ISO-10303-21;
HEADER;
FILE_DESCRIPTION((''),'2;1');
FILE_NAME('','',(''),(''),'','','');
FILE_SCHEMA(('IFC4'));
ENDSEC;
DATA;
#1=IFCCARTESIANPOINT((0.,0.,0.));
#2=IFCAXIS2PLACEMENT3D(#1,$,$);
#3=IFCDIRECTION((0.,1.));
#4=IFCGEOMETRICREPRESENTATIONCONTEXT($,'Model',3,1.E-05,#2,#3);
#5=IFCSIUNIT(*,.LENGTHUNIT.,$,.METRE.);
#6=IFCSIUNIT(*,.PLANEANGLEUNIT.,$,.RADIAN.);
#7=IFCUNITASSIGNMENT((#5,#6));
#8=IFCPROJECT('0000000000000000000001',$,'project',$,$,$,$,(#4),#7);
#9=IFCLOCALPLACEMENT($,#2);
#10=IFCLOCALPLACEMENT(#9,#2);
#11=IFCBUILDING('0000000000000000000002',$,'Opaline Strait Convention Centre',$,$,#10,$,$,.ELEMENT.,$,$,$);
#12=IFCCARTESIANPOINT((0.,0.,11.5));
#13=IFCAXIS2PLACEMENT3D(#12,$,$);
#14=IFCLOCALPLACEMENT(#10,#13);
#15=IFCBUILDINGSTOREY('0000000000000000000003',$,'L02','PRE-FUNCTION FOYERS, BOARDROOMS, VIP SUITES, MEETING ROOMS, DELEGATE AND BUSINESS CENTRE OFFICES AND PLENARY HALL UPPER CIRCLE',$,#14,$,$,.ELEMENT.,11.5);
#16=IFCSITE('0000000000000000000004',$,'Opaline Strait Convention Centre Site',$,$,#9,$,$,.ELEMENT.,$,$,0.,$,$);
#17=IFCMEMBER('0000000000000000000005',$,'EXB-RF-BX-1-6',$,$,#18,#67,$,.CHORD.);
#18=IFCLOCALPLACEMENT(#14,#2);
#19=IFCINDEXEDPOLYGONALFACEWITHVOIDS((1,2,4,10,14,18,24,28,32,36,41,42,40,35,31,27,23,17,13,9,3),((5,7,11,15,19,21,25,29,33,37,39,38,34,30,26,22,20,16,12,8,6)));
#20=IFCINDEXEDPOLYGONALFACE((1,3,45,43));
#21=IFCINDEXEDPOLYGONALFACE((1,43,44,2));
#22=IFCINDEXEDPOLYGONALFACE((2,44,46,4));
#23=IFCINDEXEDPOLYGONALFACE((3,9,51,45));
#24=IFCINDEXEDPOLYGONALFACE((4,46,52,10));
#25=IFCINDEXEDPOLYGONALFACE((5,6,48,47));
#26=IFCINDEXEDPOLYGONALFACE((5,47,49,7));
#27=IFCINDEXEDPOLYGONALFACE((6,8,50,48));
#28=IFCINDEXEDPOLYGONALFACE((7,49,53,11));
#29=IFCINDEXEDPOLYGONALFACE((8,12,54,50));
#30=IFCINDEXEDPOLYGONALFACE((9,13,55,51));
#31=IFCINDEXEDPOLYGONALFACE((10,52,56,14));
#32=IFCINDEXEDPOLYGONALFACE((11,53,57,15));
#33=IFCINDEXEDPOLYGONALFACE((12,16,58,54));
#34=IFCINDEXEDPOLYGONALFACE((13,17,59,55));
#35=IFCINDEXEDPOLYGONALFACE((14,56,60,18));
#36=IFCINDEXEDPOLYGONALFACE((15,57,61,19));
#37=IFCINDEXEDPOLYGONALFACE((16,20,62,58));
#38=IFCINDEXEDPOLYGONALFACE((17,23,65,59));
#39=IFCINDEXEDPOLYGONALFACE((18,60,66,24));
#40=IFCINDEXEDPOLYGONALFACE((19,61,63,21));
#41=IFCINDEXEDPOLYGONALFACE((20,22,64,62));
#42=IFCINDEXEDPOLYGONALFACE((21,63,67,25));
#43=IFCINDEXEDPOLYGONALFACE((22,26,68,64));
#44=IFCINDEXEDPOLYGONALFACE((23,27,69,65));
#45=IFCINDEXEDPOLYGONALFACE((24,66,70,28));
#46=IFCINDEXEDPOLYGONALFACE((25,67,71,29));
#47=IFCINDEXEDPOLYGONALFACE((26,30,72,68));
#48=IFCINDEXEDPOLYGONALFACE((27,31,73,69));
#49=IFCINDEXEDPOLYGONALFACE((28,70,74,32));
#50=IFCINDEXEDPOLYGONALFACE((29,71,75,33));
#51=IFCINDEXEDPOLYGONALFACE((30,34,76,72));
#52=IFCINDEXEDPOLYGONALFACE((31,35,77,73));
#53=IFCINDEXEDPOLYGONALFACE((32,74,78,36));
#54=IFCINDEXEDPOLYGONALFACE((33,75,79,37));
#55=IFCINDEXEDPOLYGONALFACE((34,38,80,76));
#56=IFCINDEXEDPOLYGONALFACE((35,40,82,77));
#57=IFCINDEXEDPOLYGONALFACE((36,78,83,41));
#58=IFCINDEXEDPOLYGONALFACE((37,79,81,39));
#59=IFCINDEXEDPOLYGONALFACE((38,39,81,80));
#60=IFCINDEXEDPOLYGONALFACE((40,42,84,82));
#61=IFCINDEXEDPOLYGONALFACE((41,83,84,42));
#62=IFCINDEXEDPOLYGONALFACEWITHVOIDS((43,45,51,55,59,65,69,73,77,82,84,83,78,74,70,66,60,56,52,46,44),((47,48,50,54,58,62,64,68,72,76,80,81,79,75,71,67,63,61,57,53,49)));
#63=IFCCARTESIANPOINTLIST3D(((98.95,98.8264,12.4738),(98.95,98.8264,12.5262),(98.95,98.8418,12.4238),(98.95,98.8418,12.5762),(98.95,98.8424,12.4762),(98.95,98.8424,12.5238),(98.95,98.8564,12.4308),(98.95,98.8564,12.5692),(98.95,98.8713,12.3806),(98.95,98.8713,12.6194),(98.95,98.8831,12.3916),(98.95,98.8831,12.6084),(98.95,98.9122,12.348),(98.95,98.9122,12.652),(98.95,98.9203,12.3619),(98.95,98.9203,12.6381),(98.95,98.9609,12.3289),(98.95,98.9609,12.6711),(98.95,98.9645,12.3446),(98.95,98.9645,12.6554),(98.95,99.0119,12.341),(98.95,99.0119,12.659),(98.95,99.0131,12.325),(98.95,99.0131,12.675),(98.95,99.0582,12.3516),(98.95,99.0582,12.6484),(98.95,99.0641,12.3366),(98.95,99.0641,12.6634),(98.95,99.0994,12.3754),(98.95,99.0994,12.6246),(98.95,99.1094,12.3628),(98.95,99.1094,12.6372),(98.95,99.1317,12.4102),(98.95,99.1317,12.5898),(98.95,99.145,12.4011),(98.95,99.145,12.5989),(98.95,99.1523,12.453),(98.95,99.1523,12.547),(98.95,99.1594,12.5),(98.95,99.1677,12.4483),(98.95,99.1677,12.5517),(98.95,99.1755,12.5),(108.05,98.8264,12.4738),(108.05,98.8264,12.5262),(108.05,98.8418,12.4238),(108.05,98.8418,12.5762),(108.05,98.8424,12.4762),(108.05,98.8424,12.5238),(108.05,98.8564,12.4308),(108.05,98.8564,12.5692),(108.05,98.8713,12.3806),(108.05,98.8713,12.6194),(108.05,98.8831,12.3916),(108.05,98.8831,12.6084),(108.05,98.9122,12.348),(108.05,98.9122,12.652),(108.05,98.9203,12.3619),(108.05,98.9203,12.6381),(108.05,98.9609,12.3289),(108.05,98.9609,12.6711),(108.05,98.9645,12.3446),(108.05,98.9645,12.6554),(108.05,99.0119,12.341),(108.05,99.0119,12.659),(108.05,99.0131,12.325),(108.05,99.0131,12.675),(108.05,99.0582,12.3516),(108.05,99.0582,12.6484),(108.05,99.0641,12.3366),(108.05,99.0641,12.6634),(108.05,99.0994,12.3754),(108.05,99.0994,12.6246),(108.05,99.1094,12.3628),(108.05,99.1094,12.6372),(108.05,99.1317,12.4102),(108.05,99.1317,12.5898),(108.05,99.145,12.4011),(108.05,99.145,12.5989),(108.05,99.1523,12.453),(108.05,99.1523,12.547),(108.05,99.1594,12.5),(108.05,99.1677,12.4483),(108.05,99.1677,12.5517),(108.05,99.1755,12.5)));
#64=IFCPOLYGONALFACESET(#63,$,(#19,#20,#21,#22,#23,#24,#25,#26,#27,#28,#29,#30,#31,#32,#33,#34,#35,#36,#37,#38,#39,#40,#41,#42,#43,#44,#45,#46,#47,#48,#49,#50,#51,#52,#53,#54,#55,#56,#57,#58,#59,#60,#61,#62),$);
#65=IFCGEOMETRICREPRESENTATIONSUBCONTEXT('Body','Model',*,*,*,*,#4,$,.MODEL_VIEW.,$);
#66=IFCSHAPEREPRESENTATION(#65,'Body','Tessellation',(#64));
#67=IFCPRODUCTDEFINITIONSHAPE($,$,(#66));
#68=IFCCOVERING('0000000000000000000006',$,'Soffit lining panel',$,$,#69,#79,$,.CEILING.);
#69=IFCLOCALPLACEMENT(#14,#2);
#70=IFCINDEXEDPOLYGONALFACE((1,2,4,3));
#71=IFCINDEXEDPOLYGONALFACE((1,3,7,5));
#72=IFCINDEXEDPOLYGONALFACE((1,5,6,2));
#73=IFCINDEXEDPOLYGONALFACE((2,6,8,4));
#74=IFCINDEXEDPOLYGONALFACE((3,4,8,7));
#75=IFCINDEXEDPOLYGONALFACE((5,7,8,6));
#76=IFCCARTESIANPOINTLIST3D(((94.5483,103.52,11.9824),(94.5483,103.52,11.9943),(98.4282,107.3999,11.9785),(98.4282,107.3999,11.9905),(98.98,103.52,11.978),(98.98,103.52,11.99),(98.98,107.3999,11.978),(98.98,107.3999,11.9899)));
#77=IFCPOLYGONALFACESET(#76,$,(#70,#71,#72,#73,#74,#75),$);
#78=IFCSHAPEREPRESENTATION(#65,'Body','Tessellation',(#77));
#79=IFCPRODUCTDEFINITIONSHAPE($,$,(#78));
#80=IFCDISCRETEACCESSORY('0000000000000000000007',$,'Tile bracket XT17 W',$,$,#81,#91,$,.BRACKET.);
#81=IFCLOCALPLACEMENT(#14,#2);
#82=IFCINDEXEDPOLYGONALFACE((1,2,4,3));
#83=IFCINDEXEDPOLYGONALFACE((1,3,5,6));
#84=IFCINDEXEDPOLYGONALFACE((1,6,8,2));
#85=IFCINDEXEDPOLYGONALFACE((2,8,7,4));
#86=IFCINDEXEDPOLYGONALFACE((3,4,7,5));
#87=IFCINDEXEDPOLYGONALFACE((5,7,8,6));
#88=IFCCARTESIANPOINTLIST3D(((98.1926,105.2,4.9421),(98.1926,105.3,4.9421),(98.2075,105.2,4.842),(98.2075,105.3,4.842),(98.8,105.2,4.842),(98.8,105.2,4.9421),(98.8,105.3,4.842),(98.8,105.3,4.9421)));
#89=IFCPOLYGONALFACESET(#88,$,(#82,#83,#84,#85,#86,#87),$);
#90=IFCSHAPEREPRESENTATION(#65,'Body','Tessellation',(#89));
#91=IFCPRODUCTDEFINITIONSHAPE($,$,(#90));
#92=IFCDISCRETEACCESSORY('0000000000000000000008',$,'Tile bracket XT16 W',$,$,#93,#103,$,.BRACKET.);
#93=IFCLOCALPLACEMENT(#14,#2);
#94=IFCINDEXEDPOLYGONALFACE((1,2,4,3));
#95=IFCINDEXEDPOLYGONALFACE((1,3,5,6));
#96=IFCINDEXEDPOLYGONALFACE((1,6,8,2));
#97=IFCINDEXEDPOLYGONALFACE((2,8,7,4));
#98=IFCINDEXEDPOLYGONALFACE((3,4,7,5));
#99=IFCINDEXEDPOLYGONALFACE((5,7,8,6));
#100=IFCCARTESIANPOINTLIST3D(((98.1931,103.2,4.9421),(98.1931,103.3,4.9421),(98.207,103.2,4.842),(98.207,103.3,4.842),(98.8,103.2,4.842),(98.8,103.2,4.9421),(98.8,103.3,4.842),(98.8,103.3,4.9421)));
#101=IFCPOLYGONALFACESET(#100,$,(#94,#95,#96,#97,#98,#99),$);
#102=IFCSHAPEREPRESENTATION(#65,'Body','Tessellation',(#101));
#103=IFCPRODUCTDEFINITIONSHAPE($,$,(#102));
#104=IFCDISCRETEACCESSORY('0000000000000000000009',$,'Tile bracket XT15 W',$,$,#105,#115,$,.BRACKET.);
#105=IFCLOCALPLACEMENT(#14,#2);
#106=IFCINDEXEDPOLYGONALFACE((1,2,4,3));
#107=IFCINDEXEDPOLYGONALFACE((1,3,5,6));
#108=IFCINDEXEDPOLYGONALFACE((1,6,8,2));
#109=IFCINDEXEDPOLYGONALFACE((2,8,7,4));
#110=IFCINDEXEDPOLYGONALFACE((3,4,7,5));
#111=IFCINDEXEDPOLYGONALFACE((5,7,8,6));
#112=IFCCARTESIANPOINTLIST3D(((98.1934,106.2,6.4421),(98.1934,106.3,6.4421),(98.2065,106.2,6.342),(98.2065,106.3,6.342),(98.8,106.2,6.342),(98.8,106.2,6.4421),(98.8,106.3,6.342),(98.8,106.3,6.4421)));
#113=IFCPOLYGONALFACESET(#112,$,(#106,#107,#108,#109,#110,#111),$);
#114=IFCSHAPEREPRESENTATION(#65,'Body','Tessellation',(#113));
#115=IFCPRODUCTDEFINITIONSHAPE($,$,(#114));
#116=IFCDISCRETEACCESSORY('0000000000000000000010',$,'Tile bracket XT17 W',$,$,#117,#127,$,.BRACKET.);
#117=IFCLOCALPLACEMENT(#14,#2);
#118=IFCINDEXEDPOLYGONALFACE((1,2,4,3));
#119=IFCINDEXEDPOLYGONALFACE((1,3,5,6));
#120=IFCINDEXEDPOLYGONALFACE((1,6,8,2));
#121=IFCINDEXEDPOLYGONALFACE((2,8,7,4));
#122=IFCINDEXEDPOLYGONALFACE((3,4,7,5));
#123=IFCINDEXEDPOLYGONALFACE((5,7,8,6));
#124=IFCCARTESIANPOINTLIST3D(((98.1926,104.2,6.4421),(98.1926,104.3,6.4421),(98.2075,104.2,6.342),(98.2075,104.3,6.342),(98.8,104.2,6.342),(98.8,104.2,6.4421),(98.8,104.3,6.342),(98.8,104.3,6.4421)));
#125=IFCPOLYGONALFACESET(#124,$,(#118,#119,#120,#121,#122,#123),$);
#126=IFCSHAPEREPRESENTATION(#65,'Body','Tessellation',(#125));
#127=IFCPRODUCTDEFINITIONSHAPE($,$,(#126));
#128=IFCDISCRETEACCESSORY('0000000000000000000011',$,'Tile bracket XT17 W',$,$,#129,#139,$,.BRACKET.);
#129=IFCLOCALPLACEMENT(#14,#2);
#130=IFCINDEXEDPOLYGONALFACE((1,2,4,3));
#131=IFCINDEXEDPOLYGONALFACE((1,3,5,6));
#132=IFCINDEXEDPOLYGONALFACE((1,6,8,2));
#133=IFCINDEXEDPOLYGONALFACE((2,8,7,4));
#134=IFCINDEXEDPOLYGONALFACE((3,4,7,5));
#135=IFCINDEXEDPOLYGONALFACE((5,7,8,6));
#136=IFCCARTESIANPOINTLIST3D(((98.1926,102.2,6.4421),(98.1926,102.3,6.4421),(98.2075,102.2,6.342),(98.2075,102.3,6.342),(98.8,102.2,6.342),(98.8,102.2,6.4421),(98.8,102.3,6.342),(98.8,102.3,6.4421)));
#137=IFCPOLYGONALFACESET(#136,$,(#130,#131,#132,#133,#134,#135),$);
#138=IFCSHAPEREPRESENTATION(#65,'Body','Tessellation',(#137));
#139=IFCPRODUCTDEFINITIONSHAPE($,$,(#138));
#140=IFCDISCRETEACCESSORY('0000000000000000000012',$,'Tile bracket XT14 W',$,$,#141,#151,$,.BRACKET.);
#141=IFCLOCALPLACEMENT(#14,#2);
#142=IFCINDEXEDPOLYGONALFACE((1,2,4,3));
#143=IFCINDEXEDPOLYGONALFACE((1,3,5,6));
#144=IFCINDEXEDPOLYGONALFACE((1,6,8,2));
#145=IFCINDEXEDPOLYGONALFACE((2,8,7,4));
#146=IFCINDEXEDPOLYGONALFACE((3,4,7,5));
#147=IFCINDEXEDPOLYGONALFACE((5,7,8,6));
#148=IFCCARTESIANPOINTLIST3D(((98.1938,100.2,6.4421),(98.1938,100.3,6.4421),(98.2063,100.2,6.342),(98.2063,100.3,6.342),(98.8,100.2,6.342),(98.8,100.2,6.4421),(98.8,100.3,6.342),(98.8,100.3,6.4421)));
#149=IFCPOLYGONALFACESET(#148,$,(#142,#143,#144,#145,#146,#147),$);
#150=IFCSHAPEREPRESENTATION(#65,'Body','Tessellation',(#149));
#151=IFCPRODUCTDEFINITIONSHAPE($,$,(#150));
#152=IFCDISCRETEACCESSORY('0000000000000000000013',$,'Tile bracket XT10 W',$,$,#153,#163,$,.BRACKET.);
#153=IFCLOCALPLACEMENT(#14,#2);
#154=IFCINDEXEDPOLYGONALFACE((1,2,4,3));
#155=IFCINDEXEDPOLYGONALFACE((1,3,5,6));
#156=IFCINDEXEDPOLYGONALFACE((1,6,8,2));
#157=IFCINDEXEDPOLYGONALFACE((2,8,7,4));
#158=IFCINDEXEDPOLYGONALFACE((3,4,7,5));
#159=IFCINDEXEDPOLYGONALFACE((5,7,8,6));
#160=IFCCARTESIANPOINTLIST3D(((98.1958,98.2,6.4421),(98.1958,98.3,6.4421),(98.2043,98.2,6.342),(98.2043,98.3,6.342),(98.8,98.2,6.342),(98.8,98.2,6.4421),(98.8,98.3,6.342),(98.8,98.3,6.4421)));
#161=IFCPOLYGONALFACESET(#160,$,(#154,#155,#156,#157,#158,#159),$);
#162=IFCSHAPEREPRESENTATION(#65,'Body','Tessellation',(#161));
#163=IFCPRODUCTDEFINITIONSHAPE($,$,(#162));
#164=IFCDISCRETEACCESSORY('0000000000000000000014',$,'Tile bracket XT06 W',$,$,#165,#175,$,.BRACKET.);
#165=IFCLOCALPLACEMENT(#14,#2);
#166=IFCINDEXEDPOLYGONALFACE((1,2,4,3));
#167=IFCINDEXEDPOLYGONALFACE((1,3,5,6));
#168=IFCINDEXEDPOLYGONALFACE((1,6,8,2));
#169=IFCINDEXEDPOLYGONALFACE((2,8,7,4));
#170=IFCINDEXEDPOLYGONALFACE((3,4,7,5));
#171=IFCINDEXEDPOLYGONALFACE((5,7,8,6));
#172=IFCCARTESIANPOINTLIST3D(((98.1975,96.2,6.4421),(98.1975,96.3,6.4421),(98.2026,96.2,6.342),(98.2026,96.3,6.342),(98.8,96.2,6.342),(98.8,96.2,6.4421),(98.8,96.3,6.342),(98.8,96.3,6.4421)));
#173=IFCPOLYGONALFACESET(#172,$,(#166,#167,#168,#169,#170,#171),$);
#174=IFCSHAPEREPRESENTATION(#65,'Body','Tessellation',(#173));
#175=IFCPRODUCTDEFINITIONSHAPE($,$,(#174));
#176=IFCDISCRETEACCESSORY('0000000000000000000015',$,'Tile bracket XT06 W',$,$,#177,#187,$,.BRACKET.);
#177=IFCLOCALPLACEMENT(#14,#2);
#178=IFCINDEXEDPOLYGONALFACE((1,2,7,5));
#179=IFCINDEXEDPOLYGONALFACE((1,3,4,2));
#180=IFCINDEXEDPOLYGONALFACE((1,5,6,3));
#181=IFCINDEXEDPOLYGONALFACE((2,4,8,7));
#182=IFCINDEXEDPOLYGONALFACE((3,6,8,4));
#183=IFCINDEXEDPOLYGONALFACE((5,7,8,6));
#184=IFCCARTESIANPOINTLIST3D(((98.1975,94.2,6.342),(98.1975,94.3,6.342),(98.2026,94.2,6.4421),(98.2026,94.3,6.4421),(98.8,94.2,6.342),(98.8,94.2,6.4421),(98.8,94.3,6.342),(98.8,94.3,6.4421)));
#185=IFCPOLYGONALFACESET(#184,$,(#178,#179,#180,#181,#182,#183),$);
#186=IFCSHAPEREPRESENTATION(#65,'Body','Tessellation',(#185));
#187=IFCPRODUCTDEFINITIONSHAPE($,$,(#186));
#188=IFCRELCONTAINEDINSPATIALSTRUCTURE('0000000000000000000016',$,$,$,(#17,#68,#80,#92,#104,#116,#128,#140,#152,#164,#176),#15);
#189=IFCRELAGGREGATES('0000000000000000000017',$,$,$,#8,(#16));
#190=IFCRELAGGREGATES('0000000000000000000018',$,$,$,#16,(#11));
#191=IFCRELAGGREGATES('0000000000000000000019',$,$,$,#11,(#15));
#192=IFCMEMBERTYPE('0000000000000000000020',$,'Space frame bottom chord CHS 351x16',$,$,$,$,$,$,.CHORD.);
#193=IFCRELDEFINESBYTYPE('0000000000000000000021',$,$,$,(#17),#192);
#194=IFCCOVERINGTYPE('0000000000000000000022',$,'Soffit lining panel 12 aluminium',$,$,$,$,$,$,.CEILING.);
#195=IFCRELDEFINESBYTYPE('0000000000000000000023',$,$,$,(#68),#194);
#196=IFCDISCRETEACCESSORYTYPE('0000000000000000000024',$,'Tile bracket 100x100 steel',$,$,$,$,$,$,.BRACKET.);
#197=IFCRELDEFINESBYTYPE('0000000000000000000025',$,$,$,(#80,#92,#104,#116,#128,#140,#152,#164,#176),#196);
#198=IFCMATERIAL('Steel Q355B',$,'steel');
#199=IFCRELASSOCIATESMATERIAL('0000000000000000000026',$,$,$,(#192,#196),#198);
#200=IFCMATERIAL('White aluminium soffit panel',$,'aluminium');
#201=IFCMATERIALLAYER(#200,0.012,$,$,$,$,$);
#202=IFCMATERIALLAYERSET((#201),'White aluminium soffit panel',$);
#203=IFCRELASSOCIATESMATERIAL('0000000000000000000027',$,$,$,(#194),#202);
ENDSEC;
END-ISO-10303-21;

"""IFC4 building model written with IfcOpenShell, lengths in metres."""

from ifc_helpers import new_model, si_unit, direction, frame, origin, origin_2d, place, context, subcontext, project, spatial, polyline, hollow_circle, outline, extrude, material, layer, layer_set, material_profile, profile_set, type_object, element, save


model = new_model("IFC4")

# Units and contexts
model_context = context("Model", 3, precision=1e-05, world=origin(), true_north=direction((0.0, 1.0)))
body_context = subcontext(model_context, "Body", "Model", "MODEL_VIEW")
ifc_project = project(units=[si_unit("LENGTHUNIT", "METRE"), si_unit("PLANEANGLEUNIT", "RADIAN")], contexts=[model_context])

# Site, building, storey
site_placement = place(None, origin())
site = spatial("IfcSite", under=ifc_project, at=site_placement, Name="Opaline Strait Convention Centre Site", CompositionType="ELEMENT", RefElevation=0.0)
building_placement = place(site_placement, origin())
building = spatial("IfcBuilding", under=site, at=building_placement, Name="Opaline Strait Convention Centre", CompositionType="ELEMENT")
storey_placement = place(building_placement, frame((0.0, 0.0, 11.5)))
storey = spatial("IfcBuildingStorey", under=building, at=storey_placement, Name="L02", Description="PRE-FUNCTION FOYERS, BOARDROOMS, VIP SUITES, MEETING ROOMS, DELEGATE AND BUSINESS CENTRE OFFICES AND PLENARY HALL UPPER CIRCLE", CompositionType="ELEMENT", Elevation=11.5)

# Member
ifc_material_1 = material(Name="Steel Q355B", Category="steel")
ifc_material_profile = material_profile(ifc_material_1, hollow_circle(Radius=0.1755, WallThickness=0.0161, at=origin_2d()), Name="CHS 351x16")
ifc_profile_set = profile_set([ifc_material_profile], Name="Steel Q355B")
member_type = type_object("IfcMemberType", Name="Space frame bottom chord CHS 351x16", PredefinedType="CHORD", material=ifc_profile_set)
member_placement = place(storey_placement, frame((98.95, 99.0, 12.5), z_axis=(1.0, 0.0, 0.0), x_axis=(0.0, 1.0, 0.0)))
element("IfcMember", 1, at=member_placement, inside=storey, type_object=member_type, Name="EXB-RF-BX-1-6", PredefinedType="CHORD", context=body_context, shape_type="SweptSolid", body=[
    extrude(hollow_circle(Radius=0.1755, WallThickness=0.0161, at=origin_2d()), origin(), (0.0, 0.0, 1.0), 9.1001),
])

# Covering
ifc_material_2 = material(Name="White aluminium soffit panel", Category="aluminium")
ifc_layer = layer(ifc_material_2, 0.012)
ifc_layer_set = layer_set([ifc_layer], Name="White aluminium soffit panel")
covering_type = type_object("IfcCoveringType", Name="Soffit lining panel 12 aluminium", PredefinedType="CEILING", material=ifc_layer_set)
covering_placement = place(storey_placement, frame((98.98, 103.52, 11.99), z_axis=(0.00098, 0.000013, 1.0), x_axis=(-1.0, 0.0, 0.00098)))
element("IfcCovering", 2, at=covering_placement, inside=storey, type_object=covering_type, Name="Soffit lining panel", PredefinedType="CEILING", context=body_context, shape_type="SweptSolid", body=[
    extrude(outline(polyline([(0.0, 0.0), (4.4316, 0.0), (0.5518, -3.8799), (0.0, -3.8799), (0.0, 0.0)])), origin(), (0.0, 0.0, -1.0), 0.012),
])

# Discrete accessories
discrete_accessory_type = type_object("IfcDiscreteAccessoryType", Name="Tile bracket 100x100 steel", PredefinedType="BRACKET", material=ifc_material_1)
discrete_accessory_1_placement = place(storey_placement, frame((98.8, 105.3, 4.8921), z_axis=(0.0, -1.0, 0.0), x_axis=(1.0, 0.0, 0.0)))
element("IfcDiscreteAccessory", 3, at=discrete_accessory_1_placement, inside=storey, type_object=discrete_accessory_type, Name="Tile bracket XT17 W", PredefinedType="BRACKET", context=body_context, shape_type="SweptSolid", body=[
    extrude(outline(polyline([(0.0, -0.05), (0.0, 0.05), (-0.6074, 0.05), (-0.5925, -0.05), (0.0, -0.05)])), origin(), (0.0, 0.0, 1.0), 0.1001),
])
discrete_accessory_2_placement = place(storey_placement, frame((98.8, 103.3, 4.8921), z_axis=(0.0, -1.0, 0.0), x_axis=(1.0, 0.0, 0.0)))
element("IfcDiscreteAccessory", 4, at=discrete_accessory_2_placement, inside=storey, type_object=discrete_accessory_type, Name="Tile bracket XT16 W", PredefinedType="BRACKET", context=body_context, shape_type="SweptSolid", body=[
    extrude(outline(polyline([(0.0, -0.05), (0.0, 0.05), (-0.6069, 0.05), (-0.593, -0.05), (0.0, -0.05)])), origin(), (0.0, 0.0, 1.0), 0.1001),
])
discrete_accessory_3_placement = place(storey_placement, frame((98.8, 106.3, 6.3921), z_axis=(0.0, -1.0, 0.0), x_axis=(1.0, 0.0, 0.0)))
element("IfcDiscreteAccessory", 5, at=discrete_accessory_3_placement, inside=storey, type_object=discrete_accessory_type, Name="Tile bracket XT15 W", PredefinedType="BRACKET", context=body_context, shape_type="SweptSolid", body=[
    extrude(outline(polyline([(0.0, -0.05), (0.0, 0.05), (-0.6067, 0.05), (-0.5935, -0.05), (0.0, -0.05)])), origin(), (0.0, 0.0, 1.0), 0.1001),
])
for number, where, z_axis, x_axis, name in (
    (6, (98.8, 104.3, 6.3921), (0.0, -1.0, 0.0), (1.0, 0.0, 0.0), "Tile bracket XT17 W"),
    (7, (98.8, 102.3, 6.3921), (0.0, -1.0, 0.0), (1.0, 0.0, 0.0), "Tile bracket XT17 W"),
):
    element("IfcDiscreteAccessory", number, at=place(storey_placement, frame(where, z_axis=z_axis, x_axis=x_axis)), inside=storey, type_object=discrete_accessory_type, Name=name, PredefinedType="BRACKET", context=body_context, shape_type="SweptSolid", body=[
        extrude(outline(polyline([(0.0, -0.05), (0.0, 0.05), (-0.6074, 0.05), (-0.5925, -0.05), (0.0, -0.05)])), origin(), (0.0, 0.0, 1.0), 0.1001),
    ])
discrete_accessory_4_placement = place(storey_placement, frame((98.8, 100.3, 6.3921), z_axis=(0.0, -1.0, 0.0), x_axis=(1.0, 0.0, 0.0)))
element("IfcDiscreteAccessory", 8, at=discrete_accessory_4_placement, inside=storey, type_object=discrete_accessory_type, Name="Tile bracket XT14 W", PredefinedType="BRACKET", context=body_context, shape_type="SweptSolid", body=[
    extrude(outline(polyline([(0.0, -0.05), (0.0, 0.05), (-0.6062, 0.05), (-0.5938, -0.05), (0.0, -0.05)])), origin(), (0.0, 0.0, 1.0), 0.1001),
])
discrete_accessory_5_placement = place(storey_placement, frame((98.8, 98.3, 6.3921), z_axis=(0.0, -1.0, 0.0), x_axis=(1.0, 0.0, 0.0)))
element("IfcDiscreteAccessory", 9, at=discrete_accessory_5_placement, inside=storey, type_object=discrete_accessory_type, Name="Tile bracket XT10 W", PredefinedType="BRACKET", context=body_context, shape_type="SweptSolid", body=[
    extrude(outline(polyline([(0.0, -0.05), (0.0, 0.05), (-0.6042, 0.05), (-0.5957, -0.05), (0.0, -0.05)])), origin(), (0.0, 0.0, 1.0), 0.1001),
])
discrete_accessory_6_placement = place(storey_placement, frame((98.8, 96.3, 6.3921), z_axis=(0.0, -1.0, 0.0), x_axis=(1.0, 0.0, 0.0)))
element("IfcDiscreteAccessory", 10, at=discrete_accessory_6_placement, inside=storey, type_object=discrete_accessory_type, Name="Tile bracket XT06 W", PredefinedType="BRACKET", context=body_context, shape_type="SweptSolid", body=[
    extrude(outline(polyline([(0.0, -0.05), (0.0, 0.05), (-0.6025, 0.05), (-0.5974, -0.05), (0.0, -0.05)])), origin(), (0.0, 0.0, 1.0), 0.1001),
])
discrete_accessory_7_placement = place(storey_placement, frame((98.8, 94.3, 6.3921), z_axis=(0.0, -1.0, 0.0), x_axis=(1.0, 0.0, 0.0)))
element("IfcDiscreteAccessory", 11, at=discrete_accessory_7_placement, inside=storey, type_object=discrete_accessory_type, Name="Tile bracket XT06 W", PredefinedType="BRACKET", context=body_context, shape_type="SweptSolid", body=[
    extrude(outline(polyline([(0.0, -0.05), (0.0, 0.05), (-0.5974, 0.05), (-0.6025, -0.05), (0.0, -0.05)])), origin(), (0.0, 0.0, 1.0), 0.1001),
])

save(model, "model.ifc")
